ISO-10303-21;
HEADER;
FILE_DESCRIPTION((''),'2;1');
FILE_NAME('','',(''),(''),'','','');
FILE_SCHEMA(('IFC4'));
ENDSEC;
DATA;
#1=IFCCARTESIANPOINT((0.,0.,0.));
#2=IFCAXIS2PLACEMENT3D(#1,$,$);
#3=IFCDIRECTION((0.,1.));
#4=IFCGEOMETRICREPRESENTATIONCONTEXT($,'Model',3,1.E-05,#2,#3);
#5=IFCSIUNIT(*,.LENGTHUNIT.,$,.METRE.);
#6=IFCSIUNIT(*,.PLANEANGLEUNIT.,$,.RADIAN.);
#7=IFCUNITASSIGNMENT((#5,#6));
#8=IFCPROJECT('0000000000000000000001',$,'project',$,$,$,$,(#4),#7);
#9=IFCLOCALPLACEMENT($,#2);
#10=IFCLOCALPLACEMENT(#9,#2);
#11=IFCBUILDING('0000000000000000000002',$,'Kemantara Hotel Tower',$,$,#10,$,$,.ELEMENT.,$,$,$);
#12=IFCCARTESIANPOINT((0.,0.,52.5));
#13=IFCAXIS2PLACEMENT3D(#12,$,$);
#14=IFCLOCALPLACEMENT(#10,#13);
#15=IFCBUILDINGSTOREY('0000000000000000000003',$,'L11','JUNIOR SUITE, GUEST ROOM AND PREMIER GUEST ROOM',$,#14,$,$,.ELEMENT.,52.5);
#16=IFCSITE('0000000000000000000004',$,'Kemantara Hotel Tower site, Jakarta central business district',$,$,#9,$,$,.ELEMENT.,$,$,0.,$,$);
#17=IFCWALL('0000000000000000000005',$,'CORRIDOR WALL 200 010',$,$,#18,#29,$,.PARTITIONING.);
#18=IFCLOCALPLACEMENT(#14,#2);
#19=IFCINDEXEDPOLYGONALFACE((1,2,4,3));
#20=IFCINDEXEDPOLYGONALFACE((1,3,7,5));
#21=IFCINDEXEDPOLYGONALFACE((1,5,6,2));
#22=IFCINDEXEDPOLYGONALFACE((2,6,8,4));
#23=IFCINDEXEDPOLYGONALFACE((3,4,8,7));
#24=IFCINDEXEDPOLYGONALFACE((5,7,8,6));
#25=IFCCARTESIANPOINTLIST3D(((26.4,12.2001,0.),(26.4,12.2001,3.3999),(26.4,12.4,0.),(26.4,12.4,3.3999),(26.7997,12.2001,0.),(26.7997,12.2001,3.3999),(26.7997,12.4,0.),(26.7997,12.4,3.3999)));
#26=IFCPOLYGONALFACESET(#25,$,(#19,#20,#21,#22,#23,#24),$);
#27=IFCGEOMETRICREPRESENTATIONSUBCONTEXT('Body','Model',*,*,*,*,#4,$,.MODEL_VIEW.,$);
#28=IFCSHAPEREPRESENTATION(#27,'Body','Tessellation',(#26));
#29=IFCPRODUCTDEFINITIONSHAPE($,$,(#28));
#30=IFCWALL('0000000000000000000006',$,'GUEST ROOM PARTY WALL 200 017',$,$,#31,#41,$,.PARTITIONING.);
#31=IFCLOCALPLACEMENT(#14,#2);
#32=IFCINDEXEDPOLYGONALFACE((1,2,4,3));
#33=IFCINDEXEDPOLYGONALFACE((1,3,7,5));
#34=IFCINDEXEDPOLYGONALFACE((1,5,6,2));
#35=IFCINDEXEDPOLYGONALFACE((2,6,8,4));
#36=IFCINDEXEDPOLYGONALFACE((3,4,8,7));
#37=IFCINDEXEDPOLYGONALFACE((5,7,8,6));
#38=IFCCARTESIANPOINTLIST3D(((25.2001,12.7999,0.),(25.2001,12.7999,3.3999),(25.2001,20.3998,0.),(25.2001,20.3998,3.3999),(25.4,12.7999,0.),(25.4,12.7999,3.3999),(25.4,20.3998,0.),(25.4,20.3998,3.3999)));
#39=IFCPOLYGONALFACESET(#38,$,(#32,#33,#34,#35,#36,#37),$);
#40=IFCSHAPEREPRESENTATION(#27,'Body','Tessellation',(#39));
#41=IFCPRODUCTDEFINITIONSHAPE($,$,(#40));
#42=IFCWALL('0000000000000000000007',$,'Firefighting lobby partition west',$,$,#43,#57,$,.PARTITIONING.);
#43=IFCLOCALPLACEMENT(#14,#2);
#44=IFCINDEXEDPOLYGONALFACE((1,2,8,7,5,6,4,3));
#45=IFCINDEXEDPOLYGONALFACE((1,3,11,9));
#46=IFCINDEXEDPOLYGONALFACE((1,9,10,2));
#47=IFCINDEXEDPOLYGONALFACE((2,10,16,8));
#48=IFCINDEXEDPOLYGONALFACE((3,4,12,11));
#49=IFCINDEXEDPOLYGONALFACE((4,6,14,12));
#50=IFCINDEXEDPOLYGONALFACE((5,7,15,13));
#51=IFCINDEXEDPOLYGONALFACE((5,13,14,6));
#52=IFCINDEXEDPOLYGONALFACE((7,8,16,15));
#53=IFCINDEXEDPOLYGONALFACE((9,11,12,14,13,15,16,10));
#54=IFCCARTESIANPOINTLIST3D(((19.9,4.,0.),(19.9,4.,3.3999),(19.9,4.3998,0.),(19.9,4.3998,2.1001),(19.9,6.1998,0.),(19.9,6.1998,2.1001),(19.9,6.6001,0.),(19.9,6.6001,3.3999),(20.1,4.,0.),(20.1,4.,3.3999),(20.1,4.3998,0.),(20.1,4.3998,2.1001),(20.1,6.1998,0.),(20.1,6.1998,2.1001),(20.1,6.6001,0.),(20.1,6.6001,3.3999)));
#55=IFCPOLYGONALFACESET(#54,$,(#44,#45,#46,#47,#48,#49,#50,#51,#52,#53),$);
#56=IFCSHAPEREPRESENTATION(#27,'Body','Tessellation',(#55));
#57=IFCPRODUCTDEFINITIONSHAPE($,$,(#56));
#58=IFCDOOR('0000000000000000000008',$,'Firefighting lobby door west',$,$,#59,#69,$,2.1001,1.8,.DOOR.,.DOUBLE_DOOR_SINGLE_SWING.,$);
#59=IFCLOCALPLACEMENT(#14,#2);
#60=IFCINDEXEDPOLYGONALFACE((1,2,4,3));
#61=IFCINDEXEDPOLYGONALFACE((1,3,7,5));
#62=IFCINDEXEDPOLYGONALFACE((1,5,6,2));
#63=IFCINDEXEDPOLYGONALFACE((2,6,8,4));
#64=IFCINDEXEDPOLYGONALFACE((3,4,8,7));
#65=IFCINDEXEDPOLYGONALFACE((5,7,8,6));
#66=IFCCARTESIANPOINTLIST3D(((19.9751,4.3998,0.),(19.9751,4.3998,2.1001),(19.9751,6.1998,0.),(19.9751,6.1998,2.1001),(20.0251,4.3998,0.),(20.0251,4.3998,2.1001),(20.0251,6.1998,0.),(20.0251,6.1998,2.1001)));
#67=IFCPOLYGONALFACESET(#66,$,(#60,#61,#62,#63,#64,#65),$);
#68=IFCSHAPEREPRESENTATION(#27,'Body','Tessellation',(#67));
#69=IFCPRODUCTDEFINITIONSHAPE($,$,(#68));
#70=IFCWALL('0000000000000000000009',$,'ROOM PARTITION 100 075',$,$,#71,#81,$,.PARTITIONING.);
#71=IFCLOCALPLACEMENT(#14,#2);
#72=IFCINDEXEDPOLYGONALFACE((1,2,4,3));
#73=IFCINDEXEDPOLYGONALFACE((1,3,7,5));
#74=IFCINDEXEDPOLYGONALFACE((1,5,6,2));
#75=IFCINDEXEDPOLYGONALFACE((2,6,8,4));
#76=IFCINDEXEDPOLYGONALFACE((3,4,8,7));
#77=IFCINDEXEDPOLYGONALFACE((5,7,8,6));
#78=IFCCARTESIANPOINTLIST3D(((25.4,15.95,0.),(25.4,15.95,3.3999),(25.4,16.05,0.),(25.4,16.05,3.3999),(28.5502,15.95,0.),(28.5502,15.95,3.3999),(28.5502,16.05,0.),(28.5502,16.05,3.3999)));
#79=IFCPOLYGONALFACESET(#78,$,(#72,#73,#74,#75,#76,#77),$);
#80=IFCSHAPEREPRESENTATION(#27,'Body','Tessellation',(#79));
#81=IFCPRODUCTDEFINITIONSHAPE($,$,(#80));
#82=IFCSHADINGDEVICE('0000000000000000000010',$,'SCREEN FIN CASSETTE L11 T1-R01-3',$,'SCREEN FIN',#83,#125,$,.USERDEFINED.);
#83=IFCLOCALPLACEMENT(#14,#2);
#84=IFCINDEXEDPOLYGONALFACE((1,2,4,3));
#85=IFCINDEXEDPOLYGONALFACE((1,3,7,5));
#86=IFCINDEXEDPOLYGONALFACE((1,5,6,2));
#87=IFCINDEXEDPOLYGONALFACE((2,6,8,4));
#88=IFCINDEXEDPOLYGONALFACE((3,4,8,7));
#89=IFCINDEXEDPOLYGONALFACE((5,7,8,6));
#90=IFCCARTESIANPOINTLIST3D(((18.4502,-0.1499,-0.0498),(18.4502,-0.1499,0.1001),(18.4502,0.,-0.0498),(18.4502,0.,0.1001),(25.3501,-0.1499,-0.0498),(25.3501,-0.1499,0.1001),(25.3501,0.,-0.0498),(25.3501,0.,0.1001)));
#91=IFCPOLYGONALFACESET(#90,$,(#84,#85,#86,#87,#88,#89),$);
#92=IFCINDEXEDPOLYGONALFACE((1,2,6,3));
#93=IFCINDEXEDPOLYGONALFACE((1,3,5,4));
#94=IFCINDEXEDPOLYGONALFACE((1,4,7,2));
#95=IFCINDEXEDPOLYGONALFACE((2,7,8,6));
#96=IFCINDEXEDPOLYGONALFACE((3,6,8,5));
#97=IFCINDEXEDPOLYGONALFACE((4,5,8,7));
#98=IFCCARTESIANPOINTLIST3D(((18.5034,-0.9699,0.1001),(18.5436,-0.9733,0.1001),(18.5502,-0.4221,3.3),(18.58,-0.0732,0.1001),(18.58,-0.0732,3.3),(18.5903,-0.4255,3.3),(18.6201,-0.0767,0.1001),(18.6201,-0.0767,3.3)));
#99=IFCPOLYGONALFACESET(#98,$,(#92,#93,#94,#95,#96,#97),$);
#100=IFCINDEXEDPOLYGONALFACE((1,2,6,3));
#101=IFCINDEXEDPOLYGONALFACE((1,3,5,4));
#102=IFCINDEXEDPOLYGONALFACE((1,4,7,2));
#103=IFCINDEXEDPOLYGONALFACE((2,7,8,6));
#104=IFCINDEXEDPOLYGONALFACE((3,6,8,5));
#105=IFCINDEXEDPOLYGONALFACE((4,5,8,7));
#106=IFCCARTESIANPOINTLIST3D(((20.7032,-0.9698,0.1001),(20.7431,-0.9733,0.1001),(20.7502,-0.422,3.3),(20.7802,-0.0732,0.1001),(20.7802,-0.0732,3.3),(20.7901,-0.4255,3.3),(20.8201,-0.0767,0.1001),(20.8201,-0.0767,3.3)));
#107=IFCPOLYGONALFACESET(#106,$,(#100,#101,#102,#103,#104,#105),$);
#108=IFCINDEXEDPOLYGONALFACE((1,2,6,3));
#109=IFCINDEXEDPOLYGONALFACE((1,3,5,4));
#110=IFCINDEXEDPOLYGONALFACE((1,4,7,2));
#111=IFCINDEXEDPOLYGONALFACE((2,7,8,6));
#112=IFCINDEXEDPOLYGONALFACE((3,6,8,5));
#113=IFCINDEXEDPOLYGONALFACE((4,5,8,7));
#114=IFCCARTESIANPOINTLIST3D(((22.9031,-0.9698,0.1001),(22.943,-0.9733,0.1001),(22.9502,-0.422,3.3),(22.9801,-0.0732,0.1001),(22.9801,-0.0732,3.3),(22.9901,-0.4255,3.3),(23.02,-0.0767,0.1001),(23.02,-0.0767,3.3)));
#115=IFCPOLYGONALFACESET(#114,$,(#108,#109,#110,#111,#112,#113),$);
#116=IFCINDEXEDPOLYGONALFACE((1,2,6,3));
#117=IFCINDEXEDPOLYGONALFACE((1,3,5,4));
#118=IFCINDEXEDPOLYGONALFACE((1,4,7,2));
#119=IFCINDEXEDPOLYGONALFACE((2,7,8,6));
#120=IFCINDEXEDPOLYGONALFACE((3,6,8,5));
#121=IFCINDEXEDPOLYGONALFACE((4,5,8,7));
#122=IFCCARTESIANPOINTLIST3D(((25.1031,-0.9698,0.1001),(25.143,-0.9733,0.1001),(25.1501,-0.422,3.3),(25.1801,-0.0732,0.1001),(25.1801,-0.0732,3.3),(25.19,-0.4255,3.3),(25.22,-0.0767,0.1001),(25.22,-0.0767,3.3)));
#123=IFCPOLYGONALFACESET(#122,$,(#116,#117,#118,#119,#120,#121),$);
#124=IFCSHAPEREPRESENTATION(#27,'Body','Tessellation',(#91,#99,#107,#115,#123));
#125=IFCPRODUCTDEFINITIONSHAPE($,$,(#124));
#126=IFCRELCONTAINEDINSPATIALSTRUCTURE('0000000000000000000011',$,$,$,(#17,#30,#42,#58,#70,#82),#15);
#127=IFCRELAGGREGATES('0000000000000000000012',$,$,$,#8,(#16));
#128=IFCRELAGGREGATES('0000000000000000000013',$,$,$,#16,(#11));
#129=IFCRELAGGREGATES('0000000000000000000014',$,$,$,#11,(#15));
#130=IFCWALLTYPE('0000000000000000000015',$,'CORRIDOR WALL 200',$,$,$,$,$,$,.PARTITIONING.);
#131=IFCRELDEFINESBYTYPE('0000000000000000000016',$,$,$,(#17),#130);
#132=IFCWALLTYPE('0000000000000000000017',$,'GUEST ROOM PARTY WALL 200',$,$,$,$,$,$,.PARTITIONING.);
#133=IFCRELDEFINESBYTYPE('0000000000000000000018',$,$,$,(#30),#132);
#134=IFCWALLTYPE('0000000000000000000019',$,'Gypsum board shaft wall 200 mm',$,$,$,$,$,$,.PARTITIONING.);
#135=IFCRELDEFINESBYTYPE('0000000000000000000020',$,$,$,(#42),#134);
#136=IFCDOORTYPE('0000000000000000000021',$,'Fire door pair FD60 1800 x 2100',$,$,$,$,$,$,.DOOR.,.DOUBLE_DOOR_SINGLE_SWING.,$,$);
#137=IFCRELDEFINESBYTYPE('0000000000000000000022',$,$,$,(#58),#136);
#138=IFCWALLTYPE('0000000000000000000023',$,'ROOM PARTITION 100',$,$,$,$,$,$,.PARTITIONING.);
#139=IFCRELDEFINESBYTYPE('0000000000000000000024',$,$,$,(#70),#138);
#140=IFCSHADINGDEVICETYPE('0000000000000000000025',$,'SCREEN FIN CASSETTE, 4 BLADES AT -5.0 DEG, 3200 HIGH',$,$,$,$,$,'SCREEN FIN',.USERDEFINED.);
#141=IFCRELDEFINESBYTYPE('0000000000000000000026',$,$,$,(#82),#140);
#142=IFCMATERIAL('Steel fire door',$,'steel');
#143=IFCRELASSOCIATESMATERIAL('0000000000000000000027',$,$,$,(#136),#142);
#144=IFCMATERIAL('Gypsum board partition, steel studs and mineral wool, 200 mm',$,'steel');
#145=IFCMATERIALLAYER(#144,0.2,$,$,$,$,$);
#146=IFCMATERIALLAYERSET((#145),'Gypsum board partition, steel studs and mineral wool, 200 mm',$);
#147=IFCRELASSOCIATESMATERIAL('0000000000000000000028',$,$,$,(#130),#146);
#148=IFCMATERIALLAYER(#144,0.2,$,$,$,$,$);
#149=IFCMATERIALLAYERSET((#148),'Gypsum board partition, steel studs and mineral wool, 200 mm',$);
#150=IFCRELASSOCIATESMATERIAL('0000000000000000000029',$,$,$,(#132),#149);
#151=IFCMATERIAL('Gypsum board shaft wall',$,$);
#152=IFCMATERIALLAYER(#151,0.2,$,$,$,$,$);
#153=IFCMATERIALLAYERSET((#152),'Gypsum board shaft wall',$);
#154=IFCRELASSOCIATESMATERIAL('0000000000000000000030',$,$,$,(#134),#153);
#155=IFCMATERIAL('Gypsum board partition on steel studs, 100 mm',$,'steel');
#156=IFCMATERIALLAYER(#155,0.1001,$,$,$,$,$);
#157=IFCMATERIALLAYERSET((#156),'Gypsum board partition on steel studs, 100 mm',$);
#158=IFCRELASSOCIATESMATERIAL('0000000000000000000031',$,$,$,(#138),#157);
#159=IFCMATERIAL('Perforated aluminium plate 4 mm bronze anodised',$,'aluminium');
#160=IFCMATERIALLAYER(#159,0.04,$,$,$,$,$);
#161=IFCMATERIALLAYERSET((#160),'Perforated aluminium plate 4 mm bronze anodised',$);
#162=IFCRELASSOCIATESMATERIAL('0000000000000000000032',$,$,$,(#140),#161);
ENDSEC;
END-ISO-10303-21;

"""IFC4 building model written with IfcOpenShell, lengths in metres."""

from ifc_helpers import new_model, si_unit, direction, frame, frame_2d, origin, origin_2d, place, context, subcontext, project, spatial, polyline, rectangle, outline, extrude, source, transform, mapped, material, layer, layer_set, type_object, element, fill, save


model = new_model("IFC4")

# Units and contexts
model_context = context("Model", 3, precision=1e-05, world=origin(), true_north=direction((0.0, 1.0)))
body_context = subcontext(model_context, "Body", "Model", "MODEL_VIEW")
ifc_project = project(units=[si_unit("LENGTHUNIT", "METRE"), si_unit("PLANEANGLEUNIT", "RADIAN")], contexts=[model_context])

# Site, building, storey
site_placement = place(None, origin())
site = spatial("IfcSite", under=ifc_project, at=site_placement, Name="Kemantara Hotel Tower site, Jakarta central business district", CompositionType="ELEMENT", RefElevation=0.0)
building_placement = place(site_placement, origin())
building = spatial("IfcBuilding", under=site, at=building_placement, Name="Kemantara Hotel Tower", CompositionType="ELEMENT")
storey_placement = place(building_placement, frame((0.0, 0.0, 52.5)))
storey = spatial("IfcBuildingStorey", under=building, at=storey_placement, Name="L11", Description="JUNIOR SUITE, GUEST ROOM AND PREMIER GUEST ROOM", CompositionType="ELEMENT", Elevation=52.5)

# Shared definitions
ifc_material_1 = material(Name="Steel fire door", Category="steel")

# Shared definitions
door_type_1 = type_object("IfcDoorType", Name="Fire door pair FD60 1800 x 2100", OperationType="DOUBLE_DOOR_SINGLE_SWING", PredefinedType="DOOR", material=ifc_material_1)

# Walls
ifc_material_2 = material(Name="Gypsum board partition, steel studs and mineral wool, 200 mm", Category="steel")
ifc_layer_1 = layer(ifc_material_2, 0.2)
ifc_layer_set_1 = layer_set([ifc_layer_1], Name="Gypsum board partition, steel studs and mineral wool, 200 mm")
wall_type_1 = type_object("IfcWallType", Name="CORRIDOR WALL 200", PredefinedType="PARTITIONING", material=ifc_layer_set_1)
wall_1_placement = place(storey_placement, frame((26.4001, 12.3, 0.0), z_axis=(0.0, 0.0, 1.0), x_axis=(1.0, 0.0, 0.0)))
element("IfcWall", 1, at=wall_1_placement, inside=storey, type_object=wall_type_1, Name="CORRIDOR WALL 200 010", PredefinedType="PARTITIONING", context=body_context, shape_type="SweptSolid", body=[
    extrude(rectangle(XDim=0.3997, YDim=0.2, at=frame_2d((0.1997, 0.0))), origin(), (0.0, 0.0, 1.0), 3.3999),
])
ifc_layer_2 = layer(ifc_material_2, 0.2)
ifc_layer_set_2 = layer_set([ifc_layer_2], Name="Gypsum board partition, steel studs and mineral wool, 200 mm")
wall_type_2 = type_object("IfcWallType", Name="GUEST ROOM PARTY WALL 200", PredefinedType="PARTITIONING", material=ifc_layer_set_2)
wall_2_placement = place(storey_placement, frame((25.3, 12.8, 0.0), z_axis=(0.0, 0.0, 1.0), x_axis=(0.0, 1.0, 0.0)))
element("IfcWall", 2, at=wall_2_placement, inside=storey, type_object=wall_type_2, Name="GUEST ROOM PARTY WALL 200 017", PredefinedType="PARTITIONING", context=body_context, shape_type="SweptSolid", body=[
    extrude(rectangle(XDim=7.5999, YDim=0.2, at=frame_2d((3.7998, 0.0))), origin(), (0.0, 0.0, 1.0), 3.3999),
])

# Wall, opening, door
ifc_material_3 = material(Name="Gypsum board shaft wall")
ifc_layer_3 = layer(ifc_material_3, 0.2)
ifc_layer_set_3 = layer_set([ifc_layer_3], Name="Gypsum board shaft wall")
wall_type_3 = type_object("IfcWallType", Name="Gypsum board shaft wall 200 mm", PredefinedType="PARTITIONING", material=ifc_layer_set_3)
wall_3_placement = place(storey_placement, frame((20.0, 4.0, 0.0), z_axis=(0.0, 0.0, 1.0), x_axis=(0.0, 1.0, 0.0)))
wall_3 = element("IfcWall", 3, at=wall_3_placement, inside=storey, type_object=wall_type_3, Name="Firefighting lobby partition west", PredefinedType="PARTITIONING", context=body_context, shape_type="SweptSolid", body=[
    extrude(rectangle(XDim=2.6001, YDim=0.2, at=frame_2d((1.3, 0.0))), origin(), (0.0, 0.0, 1.0), 3.3999),
])
opening_1_placement = place(wall_3_placement, frame((0.3999, 0.0, 0.0)))
opening_1 = element("IfcOpeningElement", 4, at=opening_1_placement, cuts=wall_3, PredefinedType="OPENING", context=body_context, shape_type="SweptSolid", body=[
    extrude(rectangle(XDim=1.8, YDim=2.1001, at=frame_2d((0.8999, 1.05))), frame((0.0, 0.1099, 0.0), z_axis=(0.0, -1.0, 0.0), x_axis=(1.0, 0.0, 0.0)), (0.0, 0.0, 1.0), 0.22),
])
door_1_placement = place(opening_1_placement, origin())
door_1 = element("IfcDoor", 5, at=door_1_placement, inside=storey, type_object=door_type_1, Name="Firefighting lobby door west", OperationType="DOUBLE_DOOR_SINGLE_SWING", OverallHeight=2.1001, OverallWidth=1.8, PredefinedType="DOOR", context=body_context, shape_type="SweptSolid", body=[
    extrude(rectangle(XDim=1.8, YDim=2.1001, at=frame_2d((0.8999, 1.05))), frame((0.0, 0.0249, 0.0), z_axis=(0.0, -1.0, 0.0), x_axis=(1.0, 0.0, 0.0)), (0.0, 0.0, 1.0), 0.05),
])
fill(opening_1, door_1)

# Wall
ifc_material_4 = material(Name="Gypsum board partition on steel studs, 100 mm", Category="steel")
ifc_layer_4 = layer(ifc_material_4, 0.1001)
ifc_layer_set_4 = layer_set([ifc_layer_4], Name="Gypsum board partition on steel studs, 100 mm")
wall_type_4 = type_object("IfcWallType", Name="ROOM PARTITION 100", PredefinedType="PARTITIONING", material=ifc_layer_set_4)
wall_4_placement = place(storey_placement, frame((25.3999, 16.0, 0.0), z_axis=(0.0, 0.0, 1.0), x_axis=(1.0, 0.0, 0.0)))
element("IfcWall", 6, at=wall_4_placement, inside=storey, type_object=wall_type_4, Name="ROOM PARTITION 100 075", PredefinedType="PARTITIONING", context=body_context, shape_type="SweptSolid", body=[
    extrude(rectangle(XDim=3.1501, YDim=0.1001, at=frame_2d((1.5752, 0.0))), origin(), (0.0, 0.0, 1.0), 3.3999),
])

# Shading device
ifc_material_5 = material(Name="Perforated aluminium plate 4 mm bronze anodised", Category="aluminium")
ifc_layer_5 = layer(ifc_material_5, 0.04)
ifc_layer_set_5 = layer_set([ifc_layer_5], Name="Perforated aluminium plate 4 mm bronze anodised")
shading_device_type = type_object("IfcShadingDeviceType", Name="SCREEN FIN CASSETTE, 4 BLADES AT -5.0 DEG, 3200 HIGH", ElementType="SCREEN FIN", PredefinedType="USERDEFINED", material=ifc_layer_set_5)
shared_shape = source(origin(), body_context, "Body", "SweptSolid", [
    extrude(rectangle(XDim=6.8999, YDim=0.1499, at=origin_2d()), frame((3.3, -0.075, -0.1499), z_axis=(0.0, 0.0, 1.0), x_axis=(1.0, 0.0, 0.0)), (0.0, 0.0, 1.0), 0.1499),
    extrude(outline(polyline([(0.0, 0.0), (0.8999, 0.0), (0.3501, 3.2), (0.0, 3.2), (0.0, 0.0)])), frame((0.02, -0.0767, 0.0), z_axis=(-0.996376, 0.085056, 0.0), x_axis=(-0.085056, -0.996376, 0.0)), (0.0, 0.0, 1.0), 0.0403),
    extrude(outline(polyline([(0.0, 0.0), (0.8999, 0.0), (0.3501, 3.2), (0.0, 3.2), (0.0, 0.0)])), frame((2.22, -0.0767, 0.0), z_axis=(-0.996332, 0.085575, 0.0), x_axis=(-0.085575, -0.996332, 0.0)), (0.0, 0.0, 1.0), 0.04),
    extrude(outline(polyline([(0.0, 0.0), (0.8999, 0.0), (0.3501, 3.2), (0.0, 3.2), (0.0, 0.0)])), frame((4.4199, -0.0767, 0.0), z_axis=(-0.996332, 0.085575, 0.0), x_axis=(-0.085575, -0.996332, 0.0)), (0.0, 0.0, 1.0), 0.04),
    extrude(outline(polyline([(0.0, 0.0), (0.8999, 0.0), (0.3501, 3.2), (0.0, 3.2), (0.0, 0.0)])), frame((6.6199, -0.0767, 0.0), z_axis=(-0.996332, 0.085575, 0.0), x_axis=(-0.085575, -0.996332, 0.0)), (0.0, 0.0, 1.0), 0.04),
])
shading_device_placement = place(storey_placement, frame((18.6001, 0.0, 0.1001), z_axis=(0.0, 0.0, 1.0), x_axis=(1.0, 0.0, 0.0)))
element("IfcShadingDevice", 7, at=shading_device_placement, inside=storey, type_object=shading_device_type, Name="SCREEN FIN CASSETTE L11 T1-R01-3", ObjectType="SCREEN FIN", PredefinedType="USERDEFINED", context=body_context, shape_type="MappedRepresentation", body=[
    mapped(shared_shape, transform((0.0, 0.0, 0.0))),
])

save(model, "model.ifc")
